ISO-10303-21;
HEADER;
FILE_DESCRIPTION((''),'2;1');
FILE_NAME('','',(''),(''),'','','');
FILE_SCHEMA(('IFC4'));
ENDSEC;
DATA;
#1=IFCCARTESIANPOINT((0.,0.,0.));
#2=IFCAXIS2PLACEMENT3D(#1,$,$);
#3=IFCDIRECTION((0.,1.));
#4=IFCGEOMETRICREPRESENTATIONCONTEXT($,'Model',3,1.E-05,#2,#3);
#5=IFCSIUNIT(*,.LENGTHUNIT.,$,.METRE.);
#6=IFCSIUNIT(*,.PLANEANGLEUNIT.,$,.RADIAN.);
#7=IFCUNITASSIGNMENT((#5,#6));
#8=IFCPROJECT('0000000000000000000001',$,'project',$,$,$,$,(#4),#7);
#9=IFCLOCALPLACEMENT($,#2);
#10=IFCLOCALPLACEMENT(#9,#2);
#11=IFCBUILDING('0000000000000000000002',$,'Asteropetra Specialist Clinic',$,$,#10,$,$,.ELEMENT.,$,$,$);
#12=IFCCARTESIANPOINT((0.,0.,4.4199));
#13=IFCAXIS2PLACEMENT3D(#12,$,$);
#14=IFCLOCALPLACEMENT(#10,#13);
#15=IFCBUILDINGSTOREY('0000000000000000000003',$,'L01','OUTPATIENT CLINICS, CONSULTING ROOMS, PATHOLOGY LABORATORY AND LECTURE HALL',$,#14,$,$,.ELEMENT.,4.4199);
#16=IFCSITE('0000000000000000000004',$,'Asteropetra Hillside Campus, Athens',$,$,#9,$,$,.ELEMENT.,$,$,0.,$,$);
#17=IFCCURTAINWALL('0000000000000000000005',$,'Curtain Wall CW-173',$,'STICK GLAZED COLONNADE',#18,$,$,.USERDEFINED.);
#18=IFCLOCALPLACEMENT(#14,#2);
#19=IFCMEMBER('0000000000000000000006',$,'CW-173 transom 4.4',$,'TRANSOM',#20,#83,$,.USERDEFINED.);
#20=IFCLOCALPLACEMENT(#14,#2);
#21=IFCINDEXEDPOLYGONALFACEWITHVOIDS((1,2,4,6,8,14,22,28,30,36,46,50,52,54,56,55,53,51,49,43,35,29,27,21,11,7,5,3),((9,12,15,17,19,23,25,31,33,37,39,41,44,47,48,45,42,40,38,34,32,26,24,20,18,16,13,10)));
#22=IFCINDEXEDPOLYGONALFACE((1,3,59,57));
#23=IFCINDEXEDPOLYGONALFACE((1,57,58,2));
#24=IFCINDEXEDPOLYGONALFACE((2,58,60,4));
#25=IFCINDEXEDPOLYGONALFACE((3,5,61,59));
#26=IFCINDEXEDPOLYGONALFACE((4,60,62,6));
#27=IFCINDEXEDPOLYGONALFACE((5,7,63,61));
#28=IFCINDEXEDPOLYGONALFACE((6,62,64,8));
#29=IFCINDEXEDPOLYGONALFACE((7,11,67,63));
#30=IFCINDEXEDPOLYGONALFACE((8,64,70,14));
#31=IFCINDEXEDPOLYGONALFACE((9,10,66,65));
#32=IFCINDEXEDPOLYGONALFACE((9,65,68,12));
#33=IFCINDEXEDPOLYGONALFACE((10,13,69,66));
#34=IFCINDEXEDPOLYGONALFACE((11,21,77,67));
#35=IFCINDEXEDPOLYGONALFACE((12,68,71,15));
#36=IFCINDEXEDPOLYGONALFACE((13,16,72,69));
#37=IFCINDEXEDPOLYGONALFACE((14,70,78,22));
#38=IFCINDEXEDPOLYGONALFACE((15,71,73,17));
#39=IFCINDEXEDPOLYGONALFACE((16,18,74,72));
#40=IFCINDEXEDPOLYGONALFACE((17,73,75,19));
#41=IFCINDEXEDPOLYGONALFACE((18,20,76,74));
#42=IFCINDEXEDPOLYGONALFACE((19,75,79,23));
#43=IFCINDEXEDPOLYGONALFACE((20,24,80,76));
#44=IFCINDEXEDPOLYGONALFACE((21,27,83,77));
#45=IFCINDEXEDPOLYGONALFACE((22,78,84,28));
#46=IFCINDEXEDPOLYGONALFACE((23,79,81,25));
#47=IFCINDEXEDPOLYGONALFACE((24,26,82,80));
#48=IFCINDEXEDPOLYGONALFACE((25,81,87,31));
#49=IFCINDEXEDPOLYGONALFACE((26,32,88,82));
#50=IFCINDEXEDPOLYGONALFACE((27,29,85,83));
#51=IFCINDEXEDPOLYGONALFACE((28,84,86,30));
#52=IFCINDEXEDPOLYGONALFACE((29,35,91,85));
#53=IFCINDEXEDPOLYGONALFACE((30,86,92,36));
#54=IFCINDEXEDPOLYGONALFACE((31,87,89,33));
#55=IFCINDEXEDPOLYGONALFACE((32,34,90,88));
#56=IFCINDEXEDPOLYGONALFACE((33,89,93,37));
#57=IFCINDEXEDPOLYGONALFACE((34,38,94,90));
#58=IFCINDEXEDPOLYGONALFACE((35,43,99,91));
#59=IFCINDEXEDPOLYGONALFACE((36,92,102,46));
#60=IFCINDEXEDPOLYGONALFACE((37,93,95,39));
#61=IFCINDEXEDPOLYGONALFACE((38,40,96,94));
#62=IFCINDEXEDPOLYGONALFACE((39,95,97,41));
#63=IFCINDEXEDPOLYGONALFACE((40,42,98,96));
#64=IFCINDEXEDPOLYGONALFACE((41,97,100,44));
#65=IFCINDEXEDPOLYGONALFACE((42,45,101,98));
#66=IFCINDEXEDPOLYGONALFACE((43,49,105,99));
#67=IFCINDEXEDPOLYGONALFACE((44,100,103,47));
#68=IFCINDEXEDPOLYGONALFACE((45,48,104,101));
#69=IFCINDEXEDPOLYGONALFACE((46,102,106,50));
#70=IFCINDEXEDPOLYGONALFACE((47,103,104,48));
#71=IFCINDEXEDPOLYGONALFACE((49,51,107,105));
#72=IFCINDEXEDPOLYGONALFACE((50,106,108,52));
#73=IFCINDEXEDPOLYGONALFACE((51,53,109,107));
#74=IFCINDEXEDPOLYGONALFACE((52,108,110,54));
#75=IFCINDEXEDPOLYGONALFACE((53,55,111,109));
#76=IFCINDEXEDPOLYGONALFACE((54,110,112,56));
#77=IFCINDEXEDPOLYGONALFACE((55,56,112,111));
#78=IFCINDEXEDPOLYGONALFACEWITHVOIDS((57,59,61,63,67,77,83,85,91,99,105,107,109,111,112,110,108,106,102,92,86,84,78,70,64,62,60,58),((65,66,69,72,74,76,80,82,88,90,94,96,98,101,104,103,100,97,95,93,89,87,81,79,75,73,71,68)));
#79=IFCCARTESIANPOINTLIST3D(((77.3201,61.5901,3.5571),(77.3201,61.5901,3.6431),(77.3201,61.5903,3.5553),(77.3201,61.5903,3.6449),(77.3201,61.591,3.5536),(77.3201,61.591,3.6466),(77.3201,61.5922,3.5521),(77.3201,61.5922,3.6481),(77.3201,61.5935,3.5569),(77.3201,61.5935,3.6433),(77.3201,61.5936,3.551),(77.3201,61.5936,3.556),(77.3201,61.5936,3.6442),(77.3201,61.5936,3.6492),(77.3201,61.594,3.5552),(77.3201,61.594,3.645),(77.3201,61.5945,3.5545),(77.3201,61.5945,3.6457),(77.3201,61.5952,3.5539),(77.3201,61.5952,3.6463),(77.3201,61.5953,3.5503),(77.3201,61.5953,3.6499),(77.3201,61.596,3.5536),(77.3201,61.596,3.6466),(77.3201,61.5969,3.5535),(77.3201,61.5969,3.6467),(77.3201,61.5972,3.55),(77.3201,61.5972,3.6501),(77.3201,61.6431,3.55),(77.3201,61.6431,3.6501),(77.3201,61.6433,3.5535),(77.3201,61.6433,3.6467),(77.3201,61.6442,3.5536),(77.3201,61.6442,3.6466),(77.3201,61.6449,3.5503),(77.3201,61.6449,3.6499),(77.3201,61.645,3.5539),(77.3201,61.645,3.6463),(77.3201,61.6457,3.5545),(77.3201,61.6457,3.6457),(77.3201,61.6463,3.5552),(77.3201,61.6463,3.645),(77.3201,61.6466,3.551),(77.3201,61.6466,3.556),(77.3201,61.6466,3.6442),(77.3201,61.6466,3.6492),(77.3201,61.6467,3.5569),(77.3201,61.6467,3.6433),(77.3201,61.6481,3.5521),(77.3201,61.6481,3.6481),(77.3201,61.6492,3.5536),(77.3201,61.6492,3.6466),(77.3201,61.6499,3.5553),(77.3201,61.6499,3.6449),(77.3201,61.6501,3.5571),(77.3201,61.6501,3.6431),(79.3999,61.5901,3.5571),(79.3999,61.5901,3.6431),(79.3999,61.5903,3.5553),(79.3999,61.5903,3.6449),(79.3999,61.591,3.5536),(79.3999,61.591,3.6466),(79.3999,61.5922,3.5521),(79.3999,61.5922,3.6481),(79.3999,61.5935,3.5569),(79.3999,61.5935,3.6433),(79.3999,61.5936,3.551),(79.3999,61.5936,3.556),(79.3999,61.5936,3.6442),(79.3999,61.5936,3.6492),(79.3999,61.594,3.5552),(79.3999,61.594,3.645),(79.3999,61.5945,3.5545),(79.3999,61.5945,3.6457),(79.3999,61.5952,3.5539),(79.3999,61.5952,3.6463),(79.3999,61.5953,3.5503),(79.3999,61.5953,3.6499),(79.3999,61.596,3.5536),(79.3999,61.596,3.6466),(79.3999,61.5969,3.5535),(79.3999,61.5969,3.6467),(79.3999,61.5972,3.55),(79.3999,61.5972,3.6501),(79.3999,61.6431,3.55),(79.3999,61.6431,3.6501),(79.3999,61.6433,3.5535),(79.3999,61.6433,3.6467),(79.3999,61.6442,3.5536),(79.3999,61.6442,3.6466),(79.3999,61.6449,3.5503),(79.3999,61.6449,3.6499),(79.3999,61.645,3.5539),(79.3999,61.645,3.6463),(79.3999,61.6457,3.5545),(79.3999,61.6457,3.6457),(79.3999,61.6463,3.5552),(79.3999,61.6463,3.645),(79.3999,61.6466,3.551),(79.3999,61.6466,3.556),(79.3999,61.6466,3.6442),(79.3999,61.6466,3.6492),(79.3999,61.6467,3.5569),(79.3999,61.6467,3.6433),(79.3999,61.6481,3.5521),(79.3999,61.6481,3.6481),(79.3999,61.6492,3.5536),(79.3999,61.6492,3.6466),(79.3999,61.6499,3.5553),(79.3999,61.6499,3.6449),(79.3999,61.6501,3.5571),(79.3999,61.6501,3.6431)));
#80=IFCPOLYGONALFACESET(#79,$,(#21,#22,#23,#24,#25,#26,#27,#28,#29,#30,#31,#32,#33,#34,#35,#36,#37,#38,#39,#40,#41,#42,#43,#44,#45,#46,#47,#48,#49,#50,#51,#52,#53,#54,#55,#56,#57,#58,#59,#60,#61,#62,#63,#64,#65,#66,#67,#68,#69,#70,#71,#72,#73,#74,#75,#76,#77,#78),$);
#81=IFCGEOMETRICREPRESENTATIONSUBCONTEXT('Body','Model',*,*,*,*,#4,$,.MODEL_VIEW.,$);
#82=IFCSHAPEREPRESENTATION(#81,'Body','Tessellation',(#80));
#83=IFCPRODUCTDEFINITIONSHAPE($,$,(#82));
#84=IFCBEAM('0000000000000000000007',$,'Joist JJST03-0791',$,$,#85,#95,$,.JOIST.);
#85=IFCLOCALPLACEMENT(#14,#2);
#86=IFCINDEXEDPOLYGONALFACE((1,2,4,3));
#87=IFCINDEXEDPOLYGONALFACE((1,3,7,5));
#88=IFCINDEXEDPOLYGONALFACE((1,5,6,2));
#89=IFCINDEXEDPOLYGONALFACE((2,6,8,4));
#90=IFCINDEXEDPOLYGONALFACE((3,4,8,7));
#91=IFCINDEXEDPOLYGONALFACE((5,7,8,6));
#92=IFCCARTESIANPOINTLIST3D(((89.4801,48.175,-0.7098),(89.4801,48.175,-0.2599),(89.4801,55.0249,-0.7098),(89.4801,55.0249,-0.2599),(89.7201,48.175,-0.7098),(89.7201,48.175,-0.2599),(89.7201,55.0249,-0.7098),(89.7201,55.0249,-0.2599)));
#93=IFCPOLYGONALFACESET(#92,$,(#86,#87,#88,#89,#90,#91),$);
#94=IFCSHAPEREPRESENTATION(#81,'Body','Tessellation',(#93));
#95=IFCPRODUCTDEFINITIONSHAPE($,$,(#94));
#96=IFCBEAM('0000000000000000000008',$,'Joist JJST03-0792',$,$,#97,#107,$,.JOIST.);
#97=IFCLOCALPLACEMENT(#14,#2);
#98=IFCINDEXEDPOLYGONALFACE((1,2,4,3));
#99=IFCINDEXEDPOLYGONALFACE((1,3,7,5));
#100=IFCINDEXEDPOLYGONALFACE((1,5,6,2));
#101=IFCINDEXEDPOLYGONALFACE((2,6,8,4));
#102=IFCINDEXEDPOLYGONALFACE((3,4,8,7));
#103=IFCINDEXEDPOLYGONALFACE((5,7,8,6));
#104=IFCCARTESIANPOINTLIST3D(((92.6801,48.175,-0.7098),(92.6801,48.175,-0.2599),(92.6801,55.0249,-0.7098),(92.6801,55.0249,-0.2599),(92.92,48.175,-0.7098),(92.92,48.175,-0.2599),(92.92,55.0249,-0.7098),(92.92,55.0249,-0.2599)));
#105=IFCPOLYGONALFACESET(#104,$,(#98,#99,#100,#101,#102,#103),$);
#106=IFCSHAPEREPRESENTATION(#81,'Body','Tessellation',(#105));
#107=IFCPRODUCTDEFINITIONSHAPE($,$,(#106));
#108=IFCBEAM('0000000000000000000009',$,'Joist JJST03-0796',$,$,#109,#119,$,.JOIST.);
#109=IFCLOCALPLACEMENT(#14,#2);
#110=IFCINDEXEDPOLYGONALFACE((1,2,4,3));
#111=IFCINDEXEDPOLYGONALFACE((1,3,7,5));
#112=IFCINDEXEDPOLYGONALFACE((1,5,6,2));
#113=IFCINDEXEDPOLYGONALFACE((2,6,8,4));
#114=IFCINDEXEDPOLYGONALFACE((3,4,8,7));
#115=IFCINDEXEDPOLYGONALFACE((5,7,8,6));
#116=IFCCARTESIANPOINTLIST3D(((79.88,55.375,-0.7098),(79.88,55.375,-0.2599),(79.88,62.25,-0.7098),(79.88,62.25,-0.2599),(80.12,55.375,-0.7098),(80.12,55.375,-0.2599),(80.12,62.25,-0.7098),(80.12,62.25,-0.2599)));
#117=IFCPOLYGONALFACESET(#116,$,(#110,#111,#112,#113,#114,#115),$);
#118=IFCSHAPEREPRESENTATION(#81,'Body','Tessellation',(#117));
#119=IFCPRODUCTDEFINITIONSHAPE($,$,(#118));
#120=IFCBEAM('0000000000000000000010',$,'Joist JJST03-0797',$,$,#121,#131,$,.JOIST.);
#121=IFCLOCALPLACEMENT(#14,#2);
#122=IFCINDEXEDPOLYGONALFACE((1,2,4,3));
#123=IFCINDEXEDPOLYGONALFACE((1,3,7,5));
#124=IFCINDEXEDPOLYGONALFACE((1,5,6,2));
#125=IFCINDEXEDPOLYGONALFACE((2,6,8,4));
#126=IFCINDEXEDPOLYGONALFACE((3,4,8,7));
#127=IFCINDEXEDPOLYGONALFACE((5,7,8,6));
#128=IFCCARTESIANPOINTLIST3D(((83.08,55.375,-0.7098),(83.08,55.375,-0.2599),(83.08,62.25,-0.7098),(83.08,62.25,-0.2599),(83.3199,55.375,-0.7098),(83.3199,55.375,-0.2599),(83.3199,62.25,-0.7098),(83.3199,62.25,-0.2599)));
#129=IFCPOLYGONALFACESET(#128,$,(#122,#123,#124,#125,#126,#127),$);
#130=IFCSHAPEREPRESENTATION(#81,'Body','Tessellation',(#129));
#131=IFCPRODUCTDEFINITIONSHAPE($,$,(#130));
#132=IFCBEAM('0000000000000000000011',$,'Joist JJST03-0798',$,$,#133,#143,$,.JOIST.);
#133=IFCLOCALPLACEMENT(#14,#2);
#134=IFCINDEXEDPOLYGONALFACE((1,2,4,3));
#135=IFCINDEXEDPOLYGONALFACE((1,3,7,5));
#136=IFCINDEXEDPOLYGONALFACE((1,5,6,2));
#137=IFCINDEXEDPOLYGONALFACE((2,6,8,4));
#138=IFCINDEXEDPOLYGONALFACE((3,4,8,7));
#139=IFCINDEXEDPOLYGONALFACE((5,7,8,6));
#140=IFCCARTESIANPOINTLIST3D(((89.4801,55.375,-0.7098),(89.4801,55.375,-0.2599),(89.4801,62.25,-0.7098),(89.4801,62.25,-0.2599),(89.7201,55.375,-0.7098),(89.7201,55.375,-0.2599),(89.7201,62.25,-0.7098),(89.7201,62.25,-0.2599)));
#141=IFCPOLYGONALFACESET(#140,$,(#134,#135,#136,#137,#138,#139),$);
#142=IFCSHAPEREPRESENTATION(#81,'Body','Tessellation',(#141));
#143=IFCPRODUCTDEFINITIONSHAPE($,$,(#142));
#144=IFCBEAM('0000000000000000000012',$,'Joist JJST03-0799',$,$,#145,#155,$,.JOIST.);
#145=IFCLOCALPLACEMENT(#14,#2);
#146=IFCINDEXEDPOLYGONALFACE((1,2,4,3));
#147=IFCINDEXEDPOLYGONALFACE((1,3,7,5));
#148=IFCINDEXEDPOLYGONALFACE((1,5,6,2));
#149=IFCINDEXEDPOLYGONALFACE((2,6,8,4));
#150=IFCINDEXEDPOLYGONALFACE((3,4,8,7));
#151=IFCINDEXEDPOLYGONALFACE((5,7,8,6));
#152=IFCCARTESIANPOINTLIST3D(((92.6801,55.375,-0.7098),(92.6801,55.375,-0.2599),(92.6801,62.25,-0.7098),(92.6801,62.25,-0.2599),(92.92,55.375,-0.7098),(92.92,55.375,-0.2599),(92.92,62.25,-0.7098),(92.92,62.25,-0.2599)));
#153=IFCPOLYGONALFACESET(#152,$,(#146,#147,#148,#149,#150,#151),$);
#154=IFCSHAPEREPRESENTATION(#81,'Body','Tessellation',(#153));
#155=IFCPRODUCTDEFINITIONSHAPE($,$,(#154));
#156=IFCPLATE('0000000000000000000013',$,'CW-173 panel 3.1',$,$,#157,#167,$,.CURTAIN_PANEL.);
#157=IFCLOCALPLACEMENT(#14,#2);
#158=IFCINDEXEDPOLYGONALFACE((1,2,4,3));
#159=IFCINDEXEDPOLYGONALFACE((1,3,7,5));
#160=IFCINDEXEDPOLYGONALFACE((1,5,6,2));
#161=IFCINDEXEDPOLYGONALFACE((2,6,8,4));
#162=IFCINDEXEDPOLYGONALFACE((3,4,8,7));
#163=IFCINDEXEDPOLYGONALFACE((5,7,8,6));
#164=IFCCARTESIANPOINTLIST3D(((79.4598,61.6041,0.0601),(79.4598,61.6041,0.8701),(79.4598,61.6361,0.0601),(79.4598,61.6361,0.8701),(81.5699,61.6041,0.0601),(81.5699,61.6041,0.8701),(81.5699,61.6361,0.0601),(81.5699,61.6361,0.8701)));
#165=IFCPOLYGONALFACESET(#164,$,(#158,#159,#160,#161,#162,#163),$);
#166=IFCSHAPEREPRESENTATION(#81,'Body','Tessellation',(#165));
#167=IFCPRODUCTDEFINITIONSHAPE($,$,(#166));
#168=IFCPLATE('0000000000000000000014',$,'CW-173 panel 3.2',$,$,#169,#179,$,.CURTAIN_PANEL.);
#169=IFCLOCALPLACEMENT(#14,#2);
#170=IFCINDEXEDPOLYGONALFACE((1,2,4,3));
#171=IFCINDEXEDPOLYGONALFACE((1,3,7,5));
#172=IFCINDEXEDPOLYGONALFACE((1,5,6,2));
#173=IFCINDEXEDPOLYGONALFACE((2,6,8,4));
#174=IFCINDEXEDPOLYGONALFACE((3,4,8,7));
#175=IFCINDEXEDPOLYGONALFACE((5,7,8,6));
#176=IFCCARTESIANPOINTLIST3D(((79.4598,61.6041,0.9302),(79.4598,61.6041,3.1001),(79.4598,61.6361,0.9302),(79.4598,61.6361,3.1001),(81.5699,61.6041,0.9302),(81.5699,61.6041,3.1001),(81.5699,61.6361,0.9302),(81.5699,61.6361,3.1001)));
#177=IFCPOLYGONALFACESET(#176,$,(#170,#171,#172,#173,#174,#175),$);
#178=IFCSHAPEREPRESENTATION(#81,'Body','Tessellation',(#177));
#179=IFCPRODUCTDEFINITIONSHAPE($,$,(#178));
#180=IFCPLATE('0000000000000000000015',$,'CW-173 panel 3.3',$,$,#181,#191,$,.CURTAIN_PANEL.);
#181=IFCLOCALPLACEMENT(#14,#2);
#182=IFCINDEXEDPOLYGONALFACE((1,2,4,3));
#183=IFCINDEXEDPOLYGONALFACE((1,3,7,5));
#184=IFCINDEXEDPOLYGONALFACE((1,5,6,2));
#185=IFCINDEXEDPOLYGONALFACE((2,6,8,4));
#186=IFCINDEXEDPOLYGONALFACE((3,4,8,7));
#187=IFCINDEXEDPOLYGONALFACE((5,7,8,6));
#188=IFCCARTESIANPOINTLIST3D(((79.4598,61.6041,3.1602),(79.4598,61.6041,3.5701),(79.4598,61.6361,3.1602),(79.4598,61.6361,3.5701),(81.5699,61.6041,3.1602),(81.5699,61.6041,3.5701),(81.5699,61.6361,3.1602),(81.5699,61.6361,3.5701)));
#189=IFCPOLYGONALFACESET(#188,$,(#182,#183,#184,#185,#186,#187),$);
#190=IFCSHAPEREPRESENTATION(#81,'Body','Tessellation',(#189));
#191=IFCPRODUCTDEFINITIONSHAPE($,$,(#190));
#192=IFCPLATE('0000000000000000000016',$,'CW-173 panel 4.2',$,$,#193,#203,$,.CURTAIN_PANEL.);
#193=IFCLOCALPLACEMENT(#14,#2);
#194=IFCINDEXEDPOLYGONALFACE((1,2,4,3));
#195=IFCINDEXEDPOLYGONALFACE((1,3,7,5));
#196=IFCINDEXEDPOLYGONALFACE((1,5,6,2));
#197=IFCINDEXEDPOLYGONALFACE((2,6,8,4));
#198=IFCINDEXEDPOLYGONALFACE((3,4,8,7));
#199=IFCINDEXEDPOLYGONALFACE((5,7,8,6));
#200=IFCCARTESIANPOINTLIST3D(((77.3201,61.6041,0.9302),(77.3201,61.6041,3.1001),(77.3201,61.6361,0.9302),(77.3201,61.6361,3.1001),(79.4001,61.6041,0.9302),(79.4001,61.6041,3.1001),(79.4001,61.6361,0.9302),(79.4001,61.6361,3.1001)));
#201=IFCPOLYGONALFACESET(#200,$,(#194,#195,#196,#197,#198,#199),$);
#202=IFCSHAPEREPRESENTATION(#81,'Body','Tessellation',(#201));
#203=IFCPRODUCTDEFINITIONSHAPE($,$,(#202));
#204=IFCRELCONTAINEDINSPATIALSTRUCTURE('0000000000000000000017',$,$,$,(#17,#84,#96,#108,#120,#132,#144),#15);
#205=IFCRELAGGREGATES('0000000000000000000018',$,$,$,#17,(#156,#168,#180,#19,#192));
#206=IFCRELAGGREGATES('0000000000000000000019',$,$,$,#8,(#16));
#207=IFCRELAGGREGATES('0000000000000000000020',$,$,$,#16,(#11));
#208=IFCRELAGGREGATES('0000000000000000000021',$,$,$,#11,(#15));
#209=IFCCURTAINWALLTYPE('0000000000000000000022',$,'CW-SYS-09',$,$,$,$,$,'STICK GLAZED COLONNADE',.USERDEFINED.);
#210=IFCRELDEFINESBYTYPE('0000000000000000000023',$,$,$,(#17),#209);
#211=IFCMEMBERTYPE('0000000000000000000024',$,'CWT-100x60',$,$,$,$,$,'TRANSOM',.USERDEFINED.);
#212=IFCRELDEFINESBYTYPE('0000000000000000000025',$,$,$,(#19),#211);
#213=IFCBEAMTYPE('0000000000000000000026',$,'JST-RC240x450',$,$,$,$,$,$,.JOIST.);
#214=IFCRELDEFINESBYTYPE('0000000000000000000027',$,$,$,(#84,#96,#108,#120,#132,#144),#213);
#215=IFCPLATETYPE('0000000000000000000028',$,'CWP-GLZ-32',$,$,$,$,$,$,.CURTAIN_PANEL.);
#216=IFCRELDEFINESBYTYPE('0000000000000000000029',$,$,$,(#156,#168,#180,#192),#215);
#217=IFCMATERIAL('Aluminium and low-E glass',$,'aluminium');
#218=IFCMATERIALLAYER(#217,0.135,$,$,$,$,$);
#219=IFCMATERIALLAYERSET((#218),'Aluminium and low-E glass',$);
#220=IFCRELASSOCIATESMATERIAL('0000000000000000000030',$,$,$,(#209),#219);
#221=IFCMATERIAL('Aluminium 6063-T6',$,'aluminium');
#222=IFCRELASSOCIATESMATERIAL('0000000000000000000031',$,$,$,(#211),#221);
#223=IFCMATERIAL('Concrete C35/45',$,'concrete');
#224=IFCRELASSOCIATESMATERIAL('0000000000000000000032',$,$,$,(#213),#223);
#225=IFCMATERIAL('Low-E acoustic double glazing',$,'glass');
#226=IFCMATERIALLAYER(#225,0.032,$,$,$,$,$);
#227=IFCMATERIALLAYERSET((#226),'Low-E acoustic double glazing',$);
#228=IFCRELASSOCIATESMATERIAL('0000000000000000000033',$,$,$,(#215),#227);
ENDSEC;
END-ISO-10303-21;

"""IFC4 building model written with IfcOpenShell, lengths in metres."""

from ifc_helpers import new_model, si_unit, direction, frame, origin, origin_2d, place, context, subcontext, project, spatial, rectangle, hollow_rectangle, extrude, material, layer, layer_set, material_profile, profile_set, type_object, element, aggregate, save


model = new_model("IFC4")

# Units and contexts
model_context = context("Model", 3, precision=1e-05, world=origin(), true_north=direction((0.0, 1.0)))
body_context = subcontext(model_context, "Body", "Model", "MODEL_VIEW")
ifc_project = project(units=[si_unit("LENGTHUNIT", "METRE"), si_unit("PLANEANGLEUNIT", "RADIAN")], contexts=[model_context])

# Site, building, storey
site_placement = place(None, origin())
site = spatial("IfcSite", under=ifc_project, at=site_placement, Name="Asteropetra Hillside Campus, Athens", CompositionType="ELEMENT", RefElevation=0.0)
building_placement = place(site_placement, origin())
building = spatial("IfcBuilding", under=site, at=building_placement, Name="Asteropetra Specialist Clinic", CompositionType="ELEMENT")
storey_placement = place(building_placement, frame((0.0, 0.0, 4.4199)))
storey = spatial("IfcBuildingStorey", under=building, at=storey_placement, Name="L01", Description="OUTPATIENT CLINICS, CONSULTING ROOMS, PATHOLOGY LABORATORY AND LECTURE HALL", CompositionType="ELEMENT", Elevation=4.4199)

# Curtain wall, member
ifc_material_1 = material(Name="Aluminium and low-E glass", Category="aluminium")
ifc_layer_1 = layer(ifc_material_1, 0.135)
ifc_layer_set_1 = layer_set([ifc_layer_1], Name="Aluminium and low-E glass")
curtain_wall_type = type_object("IfcCurtainWallType", Name="CW-SYS-09", ElementType="STICK GLAZED COLONNADE", PredefinedType="USERDEFINED", material=ifc_layer_set_1)
curtain_wall_placement = place(storey_placement, origin())
curtain_wall = element("IfcCurtainWall", 1, at=curtain_wall_placement, inside=storey, type_object=curtain_wall_type, Name="Curtain Wall CW-173", ObjectType="STICK GLAZED COLONNADE", PredefinedType="USERDEFINED")
ifc_material_2 = material(Name="Aluminium 6063-T6", Category="aluminium")
ifc_material_profile_1 = material_profile(ifc_material_2, hollow_rectangle(XDim=0.0601, YDim=0.1001, WallThickness=0.0034, InnerFilletRadius=0.0034, OuterFilletRadius=0.0071, at=origin_2d()), Name="TRN 100x60x3.5")
ifc_profile_set_1 = profile_set([ifc_material_profile_1], Name="Aluminium 6063-T6")
member_type_1 = type_object("IfcMemberType", Name="CWT-100x60", ElementType="TRANSOM", PredefinedType="USERDEFINED", material=ifc_profile_set_1)
member_1_placement = place(storey_placement, frame((79.3999, 61.6201, 3.6001), z_axis=(-1.0, 0.0, 0.0), x_axis=(0.0, -1.0, 0.0)))
member_1 = element("IfcMember", 2, at=member_1_placement, type_object=member_type_1, Name="CW-173 transom 4.4", ObjectType="TRANSOM", PredefinedType="USERDEFINED", context=body_context, shape_type="SweptSolid", body=[
    extrude(hollow_rectangle(XDim=0.0601, YDim=0.1001, WallThickness=0.0034, InnerFilletRadius=0.0034, OuterFilletRadius=0.0071, at=origin_2d()), origin(), (0.0, 0.0, 1.0), 2.0798),
])

# Beams
ifc_material_3 = material(Name="Concrete C35/45", Category="concrete")
ifc_material_profile_2 = material_profile(ifc_material_3, rectangle(XDim=0.24, YDim=0.45, at=origin_2d()), Name="RCJ 240x450")
ifc_profile_set_2 = profile_set([ifc_material_profile_2], Name="Concrete C35/45")
beam_type_1 = type_object("IfcBeamType", Name="JST-RC240x450", PredefinedType="JOIST", material=ifc_profile_set_2)
for number, where, z_axis, x_axis, name in (
    (3, (89.6001, 48.175, -0.4849), (0.0, 1.0, 0.0), (-1.0, 0.0, 0.0), "Joist JJST03-0791"),
    (4, (92.8, 48.175, -0.4849), (0.0, 1.0, 0.0), (-1.0, 0.0, 0.0), "Joist JJST03-0792"),
):
    element("IfcBeam", number, at=place(storey_placement, frame(where, z_axis=z_axis, x_axis=x_axis)), inside=storey, type_object=beam_type_1, Name=name, PredefinedType="JOIST", context=body_context, shape_type="SweptSolid", body=[
        extrude(rectangle(XDim=0.24, YDim=0.45, at=origin_2d()), origin(), (0.0, 0.0, 1.0), 6.8499),
    ])
for number, where, z_axis, x_axis, name in (
    (5, (80.0, 55.375, -0.4849), (0.0, 1.0, 0.0), (-1.0, 0.0, 0.0), "Joist JJST03-0796"),
    (6, (83.2, 55.375, -0.4849), (0.0, 1.0, 0.0), (-1.0, 0.0, 0.0), "Joist JJST03-0797"),
    (7, (89.6001, 55.375, -0.4849), (0.0, 1.0, 0.0), (-1.0, 0.0, 0.0), "Joist JJST03-0798"),
    (8, (92.8, 55.375, -0.4849), (0.0, 1.0, 0.0), (-1.0, 0.0, 0.0), "Joist JJST03-0799"),
):
    element("IfcBeam", number, at=place(storey_placement, frame(where, z_axis=z_axis, x_axis=x_axis)), inside=storey, type_object=beam_type_1, Name=name, PredefinedType="JOIST", context=body_context, shape_type="SweptSolid", body=[
        extrude(rectangle(XDim=0.24, YDim=0.45, at=origin_2d()), origin(), (0.0, 0.0, 1.0), 6.875),
    ])

# Plates
ifc_material_4 = material(Name="Low-E acoustic double glazing", Category="glass")
ifc_layer_2 = layer(ifc_material_4, 0.032)
ifc_layer_set_2 = layer_set([ifc_layer_2], Name="Low-E acoustic double glazing")
plate_type = type_object("IfcPlateType", Name="CWP-GLZ-32", PredefinedType="CURTAIN_PANEL", material=ifc_layer_set_2)
plate_1_placement = place(storey_placement, frame((80.5149, 61.6201, 0.0601), z_axis=(0.0, 0.0, 1.0), x_axis=(-1.0, 0.0, 0.0)))
plate_1 = element("IfcPlate", 9, at=plate_1_placement, type_object=plate_type, Name="CW-173 panel 3.1", PredefinedType="CURTAIN_PANEL", context=body_context, shape_type="SweptSolid", body=[
    extrude(rectangle(XDim=2.1101, YDim=0.032, at=origin_2d()), origin(), (0.0, 0.0, 1.0), 0.8101),
])
plate_2_placement = place(storey_placement, frame((80.5149, 61.6201, 0.9302), z_axis=(0.0, 0.0, 1.0), x_axis=(-1.0, 0.0, 0.0)))
plate_2 = element("IfcPlate", 10, at=plate_2_placement, type_object=plate_type, Name="CW-173 panel 3.2", PredefinedType="CURTAIN_PANEL", context=body_context, shape_type="SweptSolid", body=[
    extrude(rectangle(XDim=2.1101, YDim=0.032, at=origin_2d()), origin(), (0.0, 0.0, 1.0), 2.1699),
])
plate_3_placement = place(storey_placement, frame((80.5149, 61.6201, 3.1602), z_axis=(0.0, 0.0, 1.0), x_axis=(-1.0, 0.0, 0.0)))
plate_3 = element("IfcPlate", 11, at=plate_3_placement, type_object=plate_type, Name="CW-173 panel 3.3", PredefinedType="CURTAIN_PANEL", context=body_context, shape_type="SweptSolid", body=[
    extrude(rectangle(XDim=2.1101, YDim=0.032, at=origin_2d()), origin(), (0.0, 0.0, 1.0), 0.4099),
])
plate_4_placement = place(storey_placement, frame((78.3601, 61.6201, 0.9302), z_axis=(0.0, 0.0, 1.0), x_axis=(-1.0, 0.0, 0.0)))
plate_4 = element("IfcPlate", 12, at=plate_4_placement, type_object=plate_type, Name="CW-173 panel 4.2", PredefinedType="CURTAIN_PANEL", context=body_context, shape_type="SweptSolid", body=[
    extrude(rectangle(XDim=2.0801, YDim=0.032, at=origin_2d()), origin(), (0.0, 0.0, 1.0), 2.1699),
])
aggregate(curtain_wall, [plate_1, plate_2, plate_3, member_1, plate_4])

save(model, "model.ifc")
